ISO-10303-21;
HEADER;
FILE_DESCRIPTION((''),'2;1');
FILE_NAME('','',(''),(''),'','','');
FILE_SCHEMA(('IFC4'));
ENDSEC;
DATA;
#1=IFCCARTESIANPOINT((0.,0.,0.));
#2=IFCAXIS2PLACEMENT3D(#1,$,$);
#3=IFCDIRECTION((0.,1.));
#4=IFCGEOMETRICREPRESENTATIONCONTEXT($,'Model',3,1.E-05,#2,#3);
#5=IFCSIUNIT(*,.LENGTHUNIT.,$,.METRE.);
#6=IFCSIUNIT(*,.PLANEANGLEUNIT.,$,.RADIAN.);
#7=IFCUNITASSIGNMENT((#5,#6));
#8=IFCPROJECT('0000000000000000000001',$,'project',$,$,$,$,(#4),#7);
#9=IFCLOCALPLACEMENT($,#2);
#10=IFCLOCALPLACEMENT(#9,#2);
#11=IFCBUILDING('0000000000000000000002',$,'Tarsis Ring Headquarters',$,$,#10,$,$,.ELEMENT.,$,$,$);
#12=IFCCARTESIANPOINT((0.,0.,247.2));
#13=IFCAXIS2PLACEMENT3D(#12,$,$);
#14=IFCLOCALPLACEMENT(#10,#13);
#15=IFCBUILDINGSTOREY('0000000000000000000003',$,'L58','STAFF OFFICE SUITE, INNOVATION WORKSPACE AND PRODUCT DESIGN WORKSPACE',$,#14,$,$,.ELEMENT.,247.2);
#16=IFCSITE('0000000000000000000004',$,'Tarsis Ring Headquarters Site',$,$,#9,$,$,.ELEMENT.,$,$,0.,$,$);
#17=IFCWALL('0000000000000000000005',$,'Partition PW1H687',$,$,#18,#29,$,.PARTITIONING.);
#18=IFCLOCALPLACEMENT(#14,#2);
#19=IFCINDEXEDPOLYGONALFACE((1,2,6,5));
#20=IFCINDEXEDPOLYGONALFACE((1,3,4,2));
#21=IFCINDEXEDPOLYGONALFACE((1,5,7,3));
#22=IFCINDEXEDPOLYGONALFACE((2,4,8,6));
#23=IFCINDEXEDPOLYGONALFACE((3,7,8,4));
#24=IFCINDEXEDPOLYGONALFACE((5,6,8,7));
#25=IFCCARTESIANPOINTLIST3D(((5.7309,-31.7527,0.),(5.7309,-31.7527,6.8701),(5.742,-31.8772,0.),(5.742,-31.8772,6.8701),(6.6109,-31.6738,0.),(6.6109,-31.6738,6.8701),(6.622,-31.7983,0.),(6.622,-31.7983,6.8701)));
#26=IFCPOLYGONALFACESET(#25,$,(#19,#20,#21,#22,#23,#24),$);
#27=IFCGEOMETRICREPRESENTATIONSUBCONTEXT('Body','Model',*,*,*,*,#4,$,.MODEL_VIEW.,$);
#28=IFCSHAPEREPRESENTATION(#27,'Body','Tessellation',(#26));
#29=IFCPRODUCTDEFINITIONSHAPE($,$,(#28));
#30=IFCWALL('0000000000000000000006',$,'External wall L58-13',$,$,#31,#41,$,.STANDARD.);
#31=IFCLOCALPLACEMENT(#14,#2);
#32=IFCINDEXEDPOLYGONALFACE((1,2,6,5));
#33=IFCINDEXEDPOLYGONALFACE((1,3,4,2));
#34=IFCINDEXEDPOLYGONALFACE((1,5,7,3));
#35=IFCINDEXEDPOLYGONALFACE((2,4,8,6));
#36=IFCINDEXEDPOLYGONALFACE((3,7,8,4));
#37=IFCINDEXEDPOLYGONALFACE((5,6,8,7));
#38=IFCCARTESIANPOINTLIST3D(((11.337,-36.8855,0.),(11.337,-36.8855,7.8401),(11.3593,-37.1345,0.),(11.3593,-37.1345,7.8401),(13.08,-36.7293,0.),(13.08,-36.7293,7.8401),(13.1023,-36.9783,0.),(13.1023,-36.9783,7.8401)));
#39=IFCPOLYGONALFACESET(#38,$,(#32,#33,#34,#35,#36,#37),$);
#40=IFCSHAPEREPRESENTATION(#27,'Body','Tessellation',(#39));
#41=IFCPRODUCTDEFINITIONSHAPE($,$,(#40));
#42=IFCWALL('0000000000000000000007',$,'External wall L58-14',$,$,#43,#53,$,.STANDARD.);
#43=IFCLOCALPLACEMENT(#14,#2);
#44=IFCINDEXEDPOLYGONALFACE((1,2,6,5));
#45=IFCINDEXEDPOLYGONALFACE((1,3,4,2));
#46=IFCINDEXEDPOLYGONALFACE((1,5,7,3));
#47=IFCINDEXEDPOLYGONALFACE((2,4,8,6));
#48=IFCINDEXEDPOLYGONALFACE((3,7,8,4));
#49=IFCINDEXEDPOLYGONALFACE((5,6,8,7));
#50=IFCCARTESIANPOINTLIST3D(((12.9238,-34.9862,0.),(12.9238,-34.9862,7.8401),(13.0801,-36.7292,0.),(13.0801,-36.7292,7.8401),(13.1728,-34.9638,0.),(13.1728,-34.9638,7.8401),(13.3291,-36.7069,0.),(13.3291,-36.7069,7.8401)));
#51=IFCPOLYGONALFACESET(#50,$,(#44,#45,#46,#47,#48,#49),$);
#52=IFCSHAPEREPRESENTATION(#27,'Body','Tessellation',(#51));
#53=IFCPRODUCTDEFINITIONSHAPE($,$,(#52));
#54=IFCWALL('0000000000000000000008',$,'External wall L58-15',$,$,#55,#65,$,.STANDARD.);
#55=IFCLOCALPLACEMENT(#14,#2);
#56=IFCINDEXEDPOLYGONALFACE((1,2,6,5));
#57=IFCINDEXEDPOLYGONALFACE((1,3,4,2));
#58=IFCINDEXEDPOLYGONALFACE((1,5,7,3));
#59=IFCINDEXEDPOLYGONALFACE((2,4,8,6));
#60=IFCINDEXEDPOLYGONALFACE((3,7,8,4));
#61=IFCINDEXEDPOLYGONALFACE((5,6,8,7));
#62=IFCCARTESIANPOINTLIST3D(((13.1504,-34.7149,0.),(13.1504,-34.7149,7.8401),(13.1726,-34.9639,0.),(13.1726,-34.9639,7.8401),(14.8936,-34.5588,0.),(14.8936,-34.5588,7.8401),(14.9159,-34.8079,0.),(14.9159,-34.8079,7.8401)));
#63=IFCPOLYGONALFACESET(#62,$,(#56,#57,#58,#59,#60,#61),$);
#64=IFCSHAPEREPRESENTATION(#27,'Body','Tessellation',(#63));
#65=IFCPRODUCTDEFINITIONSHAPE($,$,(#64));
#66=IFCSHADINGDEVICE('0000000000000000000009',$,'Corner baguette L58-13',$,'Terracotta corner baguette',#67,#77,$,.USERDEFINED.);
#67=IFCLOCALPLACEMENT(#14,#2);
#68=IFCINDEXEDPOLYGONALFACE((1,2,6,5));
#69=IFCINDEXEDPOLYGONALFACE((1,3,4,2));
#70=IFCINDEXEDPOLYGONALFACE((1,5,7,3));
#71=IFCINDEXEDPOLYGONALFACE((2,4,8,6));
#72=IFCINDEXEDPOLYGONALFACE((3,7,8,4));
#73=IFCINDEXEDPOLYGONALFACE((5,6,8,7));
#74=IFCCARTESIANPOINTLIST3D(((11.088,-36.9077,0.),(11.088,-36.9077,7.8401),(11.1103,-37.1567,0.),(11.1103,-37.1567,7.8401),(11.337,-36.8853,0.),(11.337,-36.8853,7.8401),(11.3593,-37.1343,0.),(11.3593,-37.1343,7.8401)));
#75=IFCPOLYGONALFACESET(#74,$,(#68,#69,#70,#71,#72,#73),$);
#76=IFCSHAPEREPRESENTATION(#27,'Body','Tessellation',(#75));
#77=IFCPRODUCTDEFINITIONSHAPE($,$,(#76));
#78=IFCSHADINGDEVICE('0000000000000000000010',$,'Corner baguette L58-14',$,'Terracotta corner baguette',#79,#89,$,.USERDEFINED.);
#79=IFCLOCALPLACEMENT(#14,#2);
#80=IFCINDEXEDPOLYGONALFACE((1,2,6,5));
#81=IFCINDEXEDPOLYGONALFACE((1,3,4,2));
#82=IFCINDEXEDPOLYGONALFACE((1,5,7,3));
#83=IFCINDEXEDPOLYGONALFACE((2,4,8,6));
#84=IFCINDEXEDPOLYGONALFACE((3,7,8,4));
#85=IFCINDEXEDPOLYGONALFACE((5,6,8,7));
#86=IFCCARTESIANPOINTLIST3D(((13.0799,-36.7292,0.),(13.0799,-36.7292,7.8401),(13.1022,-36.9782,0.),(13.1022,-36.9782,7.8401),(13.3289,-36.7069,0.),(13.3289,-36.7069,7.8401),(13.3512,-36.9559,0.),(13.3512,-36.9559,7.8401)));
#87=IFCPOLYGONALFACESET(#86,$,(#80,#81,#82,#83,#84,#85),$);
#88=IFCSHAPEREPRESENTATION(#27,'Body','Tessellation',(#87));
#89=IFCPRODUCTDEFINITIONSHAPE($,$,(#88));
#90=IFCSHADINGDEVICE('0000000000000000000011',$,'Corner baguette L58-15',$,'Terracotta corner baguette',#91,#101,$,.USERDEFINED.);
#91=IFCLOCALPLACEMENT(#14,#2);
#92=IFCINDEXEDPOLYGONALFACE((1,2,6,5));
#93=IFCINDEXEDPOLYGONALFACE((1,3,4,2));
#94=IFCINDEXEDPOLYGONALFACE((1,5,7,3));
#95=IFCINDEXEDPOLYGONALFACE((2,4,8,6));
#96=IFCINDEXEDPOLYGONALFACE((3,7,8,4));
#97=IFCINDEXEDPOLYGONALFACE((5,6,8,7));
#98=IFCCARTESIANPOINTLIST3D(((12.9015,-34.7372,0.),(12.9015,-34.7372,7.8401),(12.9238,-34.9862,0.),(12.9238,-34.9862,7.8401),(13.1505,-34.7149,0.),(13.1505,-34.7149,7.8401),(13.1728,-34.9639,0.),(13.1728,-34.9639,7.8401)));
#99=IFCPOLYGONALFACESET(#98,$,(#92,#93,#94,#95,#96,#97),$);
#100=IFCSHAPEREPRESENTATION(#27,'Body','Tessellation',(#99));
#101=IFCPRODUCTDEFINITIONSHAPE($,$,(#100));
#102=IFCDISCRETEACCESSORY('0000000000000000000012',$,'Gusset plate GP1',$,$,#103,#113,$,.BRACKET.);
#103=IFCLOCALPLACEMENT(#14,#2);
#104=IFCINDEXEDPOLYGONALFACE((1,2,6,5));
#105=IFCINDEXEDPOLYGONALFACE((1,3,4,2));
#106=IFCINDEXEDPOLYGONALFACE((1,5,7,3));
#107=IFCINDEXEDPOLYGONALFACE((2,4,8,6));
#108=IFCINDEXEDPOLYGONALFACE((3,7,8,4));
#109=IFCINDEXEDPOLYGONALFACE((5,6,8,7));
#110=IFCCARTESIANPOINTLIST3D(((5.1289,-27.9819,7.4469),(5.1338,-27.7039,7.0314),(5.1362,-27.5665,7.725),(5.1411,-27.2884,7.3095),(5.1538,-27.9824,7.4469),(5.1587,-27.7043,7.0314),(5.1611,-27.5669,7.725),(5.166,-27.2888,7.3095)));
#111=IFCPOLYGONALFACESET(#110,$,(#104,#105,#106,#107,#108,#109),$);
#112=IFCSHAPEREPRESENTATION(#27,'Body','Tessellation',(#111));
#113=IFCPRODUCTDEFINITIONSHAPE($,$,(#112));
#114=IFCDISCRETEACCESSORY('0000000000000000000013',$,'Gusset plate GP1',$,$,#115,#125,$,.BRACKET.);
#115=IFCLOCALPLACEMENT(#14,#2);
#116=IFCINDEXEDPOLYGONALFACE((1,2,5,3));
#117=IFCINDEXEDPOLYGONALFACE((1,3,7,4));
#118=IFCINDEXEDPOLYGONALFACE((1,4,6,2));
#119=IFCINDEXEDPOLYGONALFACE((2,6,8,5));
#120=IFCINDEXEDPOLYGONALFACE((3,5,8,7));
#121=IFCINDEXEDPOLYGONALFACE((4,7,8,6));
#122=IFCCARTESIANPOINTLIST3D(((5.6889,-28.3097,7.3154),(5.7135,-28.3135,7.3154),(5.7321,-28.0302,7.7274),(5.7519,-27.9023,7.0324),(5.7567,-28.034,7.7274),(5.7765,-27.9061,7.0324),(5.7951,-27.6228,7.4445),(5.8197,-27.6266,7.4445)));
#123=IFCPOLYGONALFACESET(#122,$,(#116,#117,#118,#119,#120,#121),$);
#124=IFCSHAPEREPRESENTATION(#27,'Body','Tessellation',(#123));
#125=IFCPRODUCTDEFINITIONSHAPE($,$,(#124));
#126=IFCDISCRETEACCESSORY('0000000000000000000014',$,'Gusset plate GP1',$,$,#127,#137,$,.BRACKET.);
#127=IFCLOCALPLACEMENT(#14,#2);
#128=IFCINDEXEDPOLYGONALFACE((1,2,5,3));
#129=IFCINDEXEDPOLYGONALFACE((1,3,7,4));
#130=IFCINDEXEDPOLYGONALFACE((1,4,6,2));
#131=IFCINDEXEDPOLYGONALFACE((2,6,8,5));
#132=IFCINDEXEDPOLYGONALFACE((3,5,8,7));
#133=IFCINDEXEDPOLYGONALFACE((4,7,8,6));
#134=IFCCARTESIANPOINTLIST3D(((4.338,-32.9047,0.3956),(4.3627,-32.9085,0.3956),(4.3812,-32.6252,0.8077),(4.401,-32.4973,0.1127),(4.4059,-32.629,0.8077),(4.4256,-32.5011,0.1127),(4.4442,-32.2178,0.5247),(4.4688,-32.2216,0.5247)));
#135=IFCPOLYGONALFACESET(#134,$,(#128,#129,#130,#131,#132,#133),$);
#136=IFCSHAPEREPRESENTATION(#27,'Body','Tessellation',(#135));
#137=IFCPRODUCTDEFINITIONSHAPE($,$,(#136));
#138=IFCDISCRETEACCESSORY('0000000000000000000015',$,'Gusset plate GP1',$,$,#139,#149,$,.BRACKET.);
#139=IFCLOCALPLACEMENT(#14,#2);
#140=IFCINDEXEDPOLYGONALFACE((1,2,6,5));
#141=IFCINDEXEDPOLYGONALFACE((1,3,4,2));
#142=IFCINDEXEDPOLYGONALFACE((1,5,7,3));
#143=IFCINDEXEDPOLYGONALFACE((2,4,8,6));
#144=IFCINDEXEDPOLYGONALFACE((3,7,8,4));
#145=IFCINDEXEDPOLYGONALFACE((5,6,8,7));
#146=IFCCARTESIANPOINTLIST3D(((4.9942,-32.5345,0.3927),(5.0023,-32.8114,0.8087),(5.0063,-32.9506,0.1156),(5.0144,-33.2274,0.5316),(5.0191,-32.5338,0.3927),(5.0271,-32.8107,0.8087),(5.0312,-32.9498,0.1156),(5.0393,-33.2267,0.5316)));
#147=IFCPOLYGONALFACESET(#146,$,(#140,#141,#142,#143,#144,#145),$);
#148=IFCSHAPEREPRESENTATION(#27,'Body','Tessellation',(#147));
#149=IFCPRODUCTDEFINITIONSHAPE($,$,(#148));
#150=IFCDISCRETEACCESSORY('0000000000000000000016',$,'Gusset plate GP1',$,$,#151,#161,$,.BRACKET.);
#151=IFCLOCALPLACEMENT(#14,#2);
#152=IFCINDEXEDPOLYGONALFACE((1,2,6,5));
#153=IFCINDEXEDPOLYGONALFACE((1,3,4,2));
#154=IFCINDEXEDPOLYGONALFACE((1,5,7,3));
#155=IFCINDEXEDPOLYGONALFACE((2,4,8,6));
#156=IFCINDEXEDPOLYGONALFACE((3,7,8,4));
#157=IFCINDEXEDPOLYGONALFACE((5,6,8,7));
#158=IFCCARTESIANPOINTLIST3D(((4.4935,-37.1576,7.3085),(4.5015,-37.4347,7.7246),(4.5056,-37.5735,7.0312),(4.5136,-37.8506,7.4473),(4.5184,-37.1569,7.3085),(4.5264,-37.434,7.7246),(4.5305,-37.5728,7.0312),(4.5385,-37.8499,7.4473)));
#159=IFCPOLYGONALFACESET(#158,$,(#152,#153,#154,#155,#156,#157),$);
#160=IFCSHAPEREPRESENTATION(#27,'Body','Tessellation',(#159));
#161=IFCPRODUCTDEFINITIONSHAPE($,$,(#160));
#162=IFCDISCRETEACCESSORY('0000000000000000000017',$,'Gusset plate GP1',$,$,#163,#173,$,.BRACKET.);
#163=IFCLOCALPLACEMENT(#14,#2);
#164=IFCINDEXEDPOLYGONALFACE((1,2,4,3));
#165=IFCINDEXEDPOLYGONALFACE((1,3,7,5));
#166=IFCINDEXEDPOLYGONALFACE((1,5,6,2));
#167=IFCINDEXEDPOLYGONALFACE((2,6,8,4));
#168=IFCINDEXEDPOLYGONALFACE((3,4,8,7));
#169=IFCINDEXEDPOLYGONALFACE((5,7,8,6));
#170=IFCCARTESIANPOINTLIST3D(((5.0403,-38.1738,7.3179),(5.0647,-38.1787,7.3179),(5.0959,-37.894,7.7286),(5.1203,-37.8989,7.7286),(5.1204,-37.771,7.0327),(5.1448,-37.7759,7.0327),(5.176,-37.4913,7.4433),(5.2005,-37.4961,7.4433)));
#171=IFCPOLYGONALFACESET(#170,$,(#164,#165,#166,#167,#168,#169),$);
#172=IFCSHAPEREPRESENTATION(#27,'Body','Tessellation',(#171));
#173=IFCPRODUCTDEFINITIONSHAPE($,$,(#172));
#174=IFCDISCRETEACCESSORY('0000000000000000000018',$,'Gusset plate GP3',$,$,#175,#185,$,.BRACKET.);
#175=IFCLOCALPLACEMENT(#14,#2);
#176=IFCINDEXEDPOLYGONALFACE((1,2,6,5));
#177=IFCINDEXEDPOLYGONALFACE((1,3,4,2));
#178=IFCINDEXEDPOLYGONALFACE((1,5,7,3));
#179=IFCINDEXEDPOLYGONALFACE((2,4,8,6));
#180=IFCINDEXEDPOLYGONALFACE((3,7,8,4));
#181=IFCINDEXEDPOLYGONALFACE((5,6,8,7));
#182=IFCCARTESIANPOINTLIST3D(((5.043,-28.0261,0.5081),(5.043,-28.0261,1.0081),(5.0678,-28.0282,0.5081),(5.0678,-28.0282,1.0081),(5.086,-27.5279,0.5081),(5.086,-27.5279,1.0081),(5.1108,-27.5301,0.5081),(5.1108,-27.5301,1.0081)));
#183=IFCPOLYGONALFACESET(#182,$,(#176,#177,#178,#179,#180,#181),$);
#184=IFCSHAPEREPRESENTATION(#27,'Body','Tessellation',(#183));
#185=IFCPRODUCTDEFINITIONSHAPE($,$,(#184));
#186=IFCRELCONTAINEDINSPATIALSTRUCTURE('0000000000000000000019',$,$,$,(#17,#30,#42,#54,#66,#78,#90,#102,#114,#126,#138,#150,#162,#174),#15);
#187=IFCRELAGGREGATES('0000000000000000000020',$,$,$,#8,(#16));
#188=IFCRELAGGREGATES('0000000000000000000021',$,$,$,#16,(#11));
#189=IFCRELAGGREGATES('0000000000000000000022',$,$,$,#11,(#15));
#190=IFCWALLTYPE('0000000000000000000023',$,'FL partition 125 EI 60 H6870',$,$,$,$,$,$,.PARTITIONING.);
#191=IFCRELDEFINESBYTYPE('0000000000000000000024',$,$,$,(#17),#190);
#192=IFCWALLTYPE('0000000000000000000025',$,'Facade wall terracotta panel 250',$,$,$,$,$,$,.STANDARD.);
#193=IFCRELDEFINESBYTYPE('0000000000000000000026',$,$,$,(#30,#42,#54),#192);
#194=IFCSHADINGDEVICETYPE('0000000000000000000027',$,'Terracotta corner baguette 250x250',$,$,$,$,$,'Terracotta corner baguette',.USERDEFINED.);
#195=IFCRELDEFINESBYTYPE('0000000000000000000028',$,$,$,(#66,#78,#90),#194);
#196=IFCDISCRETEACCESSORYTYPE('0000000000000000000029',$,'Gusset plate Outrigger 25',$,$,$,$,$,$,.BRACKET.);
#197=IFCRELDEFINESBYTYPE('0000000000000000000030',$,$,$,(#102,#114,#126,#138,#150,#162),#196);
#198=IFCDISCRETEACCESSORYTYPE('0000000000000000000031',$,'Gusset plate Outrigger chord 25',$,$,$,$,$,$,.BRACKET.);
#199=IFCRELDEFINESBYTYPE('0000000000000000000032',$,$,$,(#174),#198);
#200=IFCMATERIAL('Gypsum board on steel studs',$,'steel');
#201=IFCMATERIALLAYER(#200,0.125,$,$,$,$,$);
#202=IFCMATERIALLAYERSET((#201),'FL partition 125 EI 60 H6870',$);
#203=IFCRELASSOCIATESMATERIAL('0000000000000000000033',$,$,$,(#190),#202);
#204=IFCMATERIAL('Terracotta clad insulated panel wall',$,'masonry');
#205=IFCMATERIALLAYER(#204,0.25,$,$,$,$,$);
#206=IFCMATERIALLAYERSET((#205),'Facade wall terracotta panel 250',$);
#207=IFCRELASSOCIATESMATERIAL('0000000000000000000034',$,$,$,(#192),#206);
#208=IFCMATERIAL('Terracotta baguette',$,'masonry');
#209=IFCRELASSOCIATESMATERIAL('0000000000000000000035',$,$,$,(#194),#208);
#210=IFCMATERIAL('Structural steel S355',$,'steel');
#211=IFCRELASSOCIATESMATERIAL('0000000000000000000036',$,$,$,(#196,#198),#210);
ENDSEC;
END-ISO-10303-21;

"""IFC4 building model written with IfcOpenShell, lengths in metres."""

from ifc_helpers import new_model, si_unit, direction, frame, frame_2d, origin, origin_2d, place, context, subcontext, project, spatial, rectangle, extrude, material, layer, layer_set, material_profile, profile_set, type_object, element, save


model = new_model("IFC4")

# Units and contexts
model_context = context("Model", 3, precision=1e-05, world=origin(), true_north=direction((0.0, 1.0)))
body_context = subcontext(model_context, "Body", "Model", "MODEL_VIEW")
ifc_project = project(units=[si_unit("LENGTHUNIT", "METRE"), si_unit("PLANEANGLEUNIT", "RADIAN")], contexts=[model_context])

# Site, building, storey
site_placement = place(None, origin())
site = spatial("IfcSite", under=ifc_project, at=site_placement, Name="Tarsis Ring Headquarters Site", CompositionType="ELEMENT", RefElevation=0.0)
building_placement = place(site_placement, origin())
building = spatial("IfcBuilding", under=site, at=building_placement, Name="Tarsis Ring Headquarters", CompositionType="ELEMENT")
storey_placement = place(building_placement, frame((0.0, 0.0, 247.2)))
storey = spatial("IfcBuildingStorey", under=building, at=storey_placement, Name="L58", Description="STAFF OFFICE SUITE, INNOVATION WORKSPACE AND PRODUCT DESIGN WORKSPACE", CompositionType="ELEMENT", Elevation=247.2)

# Shared definitions
ifc_material_1 = material(Name="Structural steel S355", Category="steel")

# Walls
ifc_material_2 = material(Name="Gypsum board on steel studs", Category="steel")
ifc_layer_1 = layer(ifc_material_2, 0.125)
ifc_layer_set_1 = layer_set([ifc_layer_1], Name="FL partition 125 EI 60 H6870")
wall_type_1 = type_object("IfcWallType", Name="FL partition 125 EI 60 H6870", PredefinedType="PARTITIONING", material=ifc_layer_set_1)
wall_1_placement = place(storey_placement, frame((5.7363, -31.8149, 0.0), z_axis=(0.0, 0.0, 1.0), x_axis=(0.99601, 0.08924, 0.0)))
element("IfcWall", 1, at=wall_1_placement, inside=storey, type_object=wall_type_1, Name="Partition PW1H687", PredefinedType="PARTITIONING", context=body_context, shape_type="SweptSolid", body=[
    extrude(rectangle(XDim=0.8835, YDim=0.125, at=frame_2d((0.4419, 0.0))), origin(), (0.0, 0.0, 1.0), 6.8701),
])
ifc_material_3 = material(Name="Terracotta clad insulated panel wall", Category="masonry")
ifc_layer_2 = layer(ifc_material_3, 0.25)
ifc_layer_set_2 = layer_set([ifc_layer_2], Name="Facade wall terracotta panel 250")
wall_type_2 = type_object("IfcWallType", Name="Facade wall terracotta panel 250", PredefinedType="STANDARD", material=ifc_layer_set_2)
for number, where, z_axis, x_axis, name in (
    (2, (11.3481, -37.01, 0.0), (0.0, 0.0, 1.0), (0.996006, 0.08929, 0.0), "External wall L58-13"),
    (3, (13.2046, -36.718, 0.0), (0.0, 0.0, 1.0), (-0.08929, 0.996006, 0.0), "External wall L58-14"),
):
    element("IfcWall", number, at=place(storey_placement, frame(where, z_axis=z_axis, x_axis=x_axis)), inside=storey, type_object=wall_type_2, Name=name, PredefinedType="STANDARD", context=body_context, shape_type="SweptSolid", body=[
        extrude(rectangle(XDim=1.75, YDim=0.25, at=frame_2d((0.875, 0.0))), origin(), (0.0, 0.0, 1.0), 7.8401),
    ])
wall_2_placement = place(storey_placement, frame((13.1616, -34.8394, 0.0), z_axis=(0.0, 0.0, 1.0), x_axis=(0.996019, 0.08914, 0.0)))
element("IfcWall", 4, at=wall_2_placement, inside=storey, type_object=wall_type_2, Name="External wall L58-15", PredefinedType="STANDARD", context=body_context, shape_type="SweptSolid", body=[
    extrude(rectangle(XDim=1.7502, YDim=0.25, at=frame_2d((0.875, 0.0))), origin(), (0.0, 0.0, 1.0), 7.8401),
])

# Shading devices
ifc_material_4 = material(Name="Terracotta baguette", Category="masonry")
shading_device_type = type_object("IfcShadingDeviceType", Name="Terracotta corner baguette 250x250", ElementType="Terracotta corner baguette", PredefinedType="USERDEFINED", material=ifc_material_4)
for number, where, z_axis, x_axis, name in (
    (5, (11.2236, -37.021, 0.0), (0.0, 0.0, 1.0), (-0.089242, 0.99601, 0.0), "Corner baguette L58-13"),
    (6, (13.2156, -36.8425, 0.0), (0.0, 0.0, 1.0), (0.99601, 0.089242, 0.0), "Corner baguette L58-14"),
    (7, (13.0371, -34.8506, 0.0), (0.0, 0.0, 1.0), (-0.089242, 0.99601, 0.0), "Corner baguette L58-15"),
):
    element("IfcShadingDevice", number, at=place(storey_placement, frame(where, z_axis=z_axis, x_axis=x_axis)), inside=storey, type_object=shading_device_type, Name=name, ObjectType="Terracotta corner baguette", PredefinedType="USERDEFINED", context=body_context, shape_type="SweptSolid", body=[
        extrude(rectangle(XDim=0.25, YDim=0.25, at=origin_2d()), origin(), (0.0, 0.0, 1.0), 7.8401),
    ])

# Discrete accessories
ifc_material_profile_1 = material_profile(ifc_material_1, rectangle(XDim=0.0249, YDim=0.5, at=origin_2d()), Name="PL 25x500")
ifc_profile_set_1 = profile_set([ifc_material_profile_1], Name="Structural steel S355")
discrete_accessory_type_1 = type_object("IfcDiscreteAccessoryType", Name="Gusset plate Outrigger 25", PredefinedType="BRACKET", material=ifc_profile_set_1)
discrete_accessory_1_placement = place(storey_placement, frame((5.145, -27.7744, 7.5859), z_axis=(0.009765, 0.556138, -0.831033), x_axis=(-0.999846, 0.017557, 0.0)))
element("IfcDiscreteAccessory", 8, at=discrete_accessory_1_placement, inside=storey, type_object=discrete_accessory_type_1, Name="Gusset plate GP1", PredefinedType="BRACKET", context=body_context, shape_type="SweptSolid", body=[
    extrude(rectangle(XDim=0.0249, YDim=0.5, at=origin_2d()), origin(), (0.0, 0.0, 1.0), 0.5),
])
for number, where, z_axis, x_axis, name in (
    (9, (5.7759, -27.8284, 7.5859), (-0.086453, -0.559256, -0.824475), (0.988262, -0.152771, 0.0), "Gusset plate GP1"),
    (10, (4.3818, -32.7029, 0.2542), (0.086453, 0.559256, 0.824475), (-0.988262, 0.152771, 0.0), "Gusset plate GP1"),
    (11, (5.0127, -32.7422, 0.2542), (0.01612, -0.553952, 0.832393), (0.999577, 0.029088, 0.0), "Gusset plate GP1"),
):
    element("IfcDiscreteAccessory", number, at=place(storey_placement, frame(where, z_axis=z_axis, x_axis=x_axis)), inside=storey, type_object=discrete_accessory_type_1, Name=name, PredefinedType="BRACKET", context=body_context, shape_type="SweptSolid", body=[
        extrude(rectangle(XDim=0.0249, YDim=0.5, at=origin_2d()), origin(), (0.0, 0.0, 1.0), 0.4998),
    ])
for number, where, z_axis, x_axis, name in (
    (12, (4.52, -37.6423, 7.5859), (-0.016116, 0.55429, -0.832168), (-0.999578, -0.029063, 0.0), "Gusset plate GP1"),
    (13, (5.1482, -37.6951, 7.5859), (-0.111327, -0.559562, -0.821277), (0.980778, -0.195129, 0.0), "Gusset plate GP1"),
):
    element("IfcDiscreteAccessory", number, at=place(storey_placement, frame(where, z_axis=z_axis, x_axis=x_axis)), inside=storey, type_object=discrete_accessory_type_1, Name=name, PredefinedType="BRACKET", context=body_context, shape_type="SweptSolid", body=[
        extrude(rectangle(XDim=0.0249, YDim=0.5, at=origin_2d()), origin(), (0.0, 0.0, 1.0), 0.5),
    ])
discrete_accessory_type_2 = type_object("IfcDiscreteAccessoryType", Name="Gusset plate Outrigger chord 25", PredefinedType="BRACKET", material=ifc_profile_set_1)
discrete_accessory_2_placement = place(storey_placement, frame((5.0769, -27.7781, 0.5081), z_axis=(0.0, 0.0, 1.0), x_axis=(-0.996297, 0.085982, 0.0)))
element("IfcDiscreteAccessory", 14, at=discrete_accessory_2_placement, inside=storey, type_object=discrete_accessory_type_2, Name="Gusset plate GP3", PredefinedType="BRACKET", context=body_context, shape_type="SweptSolid", body=[
    extrude(rectangle(XDim=0.0249, YDim=0.5, at=origin_2d()), origin(), (0.0, 0.0, 1.0), 0.5),
])

save(model, "model.ifc")
